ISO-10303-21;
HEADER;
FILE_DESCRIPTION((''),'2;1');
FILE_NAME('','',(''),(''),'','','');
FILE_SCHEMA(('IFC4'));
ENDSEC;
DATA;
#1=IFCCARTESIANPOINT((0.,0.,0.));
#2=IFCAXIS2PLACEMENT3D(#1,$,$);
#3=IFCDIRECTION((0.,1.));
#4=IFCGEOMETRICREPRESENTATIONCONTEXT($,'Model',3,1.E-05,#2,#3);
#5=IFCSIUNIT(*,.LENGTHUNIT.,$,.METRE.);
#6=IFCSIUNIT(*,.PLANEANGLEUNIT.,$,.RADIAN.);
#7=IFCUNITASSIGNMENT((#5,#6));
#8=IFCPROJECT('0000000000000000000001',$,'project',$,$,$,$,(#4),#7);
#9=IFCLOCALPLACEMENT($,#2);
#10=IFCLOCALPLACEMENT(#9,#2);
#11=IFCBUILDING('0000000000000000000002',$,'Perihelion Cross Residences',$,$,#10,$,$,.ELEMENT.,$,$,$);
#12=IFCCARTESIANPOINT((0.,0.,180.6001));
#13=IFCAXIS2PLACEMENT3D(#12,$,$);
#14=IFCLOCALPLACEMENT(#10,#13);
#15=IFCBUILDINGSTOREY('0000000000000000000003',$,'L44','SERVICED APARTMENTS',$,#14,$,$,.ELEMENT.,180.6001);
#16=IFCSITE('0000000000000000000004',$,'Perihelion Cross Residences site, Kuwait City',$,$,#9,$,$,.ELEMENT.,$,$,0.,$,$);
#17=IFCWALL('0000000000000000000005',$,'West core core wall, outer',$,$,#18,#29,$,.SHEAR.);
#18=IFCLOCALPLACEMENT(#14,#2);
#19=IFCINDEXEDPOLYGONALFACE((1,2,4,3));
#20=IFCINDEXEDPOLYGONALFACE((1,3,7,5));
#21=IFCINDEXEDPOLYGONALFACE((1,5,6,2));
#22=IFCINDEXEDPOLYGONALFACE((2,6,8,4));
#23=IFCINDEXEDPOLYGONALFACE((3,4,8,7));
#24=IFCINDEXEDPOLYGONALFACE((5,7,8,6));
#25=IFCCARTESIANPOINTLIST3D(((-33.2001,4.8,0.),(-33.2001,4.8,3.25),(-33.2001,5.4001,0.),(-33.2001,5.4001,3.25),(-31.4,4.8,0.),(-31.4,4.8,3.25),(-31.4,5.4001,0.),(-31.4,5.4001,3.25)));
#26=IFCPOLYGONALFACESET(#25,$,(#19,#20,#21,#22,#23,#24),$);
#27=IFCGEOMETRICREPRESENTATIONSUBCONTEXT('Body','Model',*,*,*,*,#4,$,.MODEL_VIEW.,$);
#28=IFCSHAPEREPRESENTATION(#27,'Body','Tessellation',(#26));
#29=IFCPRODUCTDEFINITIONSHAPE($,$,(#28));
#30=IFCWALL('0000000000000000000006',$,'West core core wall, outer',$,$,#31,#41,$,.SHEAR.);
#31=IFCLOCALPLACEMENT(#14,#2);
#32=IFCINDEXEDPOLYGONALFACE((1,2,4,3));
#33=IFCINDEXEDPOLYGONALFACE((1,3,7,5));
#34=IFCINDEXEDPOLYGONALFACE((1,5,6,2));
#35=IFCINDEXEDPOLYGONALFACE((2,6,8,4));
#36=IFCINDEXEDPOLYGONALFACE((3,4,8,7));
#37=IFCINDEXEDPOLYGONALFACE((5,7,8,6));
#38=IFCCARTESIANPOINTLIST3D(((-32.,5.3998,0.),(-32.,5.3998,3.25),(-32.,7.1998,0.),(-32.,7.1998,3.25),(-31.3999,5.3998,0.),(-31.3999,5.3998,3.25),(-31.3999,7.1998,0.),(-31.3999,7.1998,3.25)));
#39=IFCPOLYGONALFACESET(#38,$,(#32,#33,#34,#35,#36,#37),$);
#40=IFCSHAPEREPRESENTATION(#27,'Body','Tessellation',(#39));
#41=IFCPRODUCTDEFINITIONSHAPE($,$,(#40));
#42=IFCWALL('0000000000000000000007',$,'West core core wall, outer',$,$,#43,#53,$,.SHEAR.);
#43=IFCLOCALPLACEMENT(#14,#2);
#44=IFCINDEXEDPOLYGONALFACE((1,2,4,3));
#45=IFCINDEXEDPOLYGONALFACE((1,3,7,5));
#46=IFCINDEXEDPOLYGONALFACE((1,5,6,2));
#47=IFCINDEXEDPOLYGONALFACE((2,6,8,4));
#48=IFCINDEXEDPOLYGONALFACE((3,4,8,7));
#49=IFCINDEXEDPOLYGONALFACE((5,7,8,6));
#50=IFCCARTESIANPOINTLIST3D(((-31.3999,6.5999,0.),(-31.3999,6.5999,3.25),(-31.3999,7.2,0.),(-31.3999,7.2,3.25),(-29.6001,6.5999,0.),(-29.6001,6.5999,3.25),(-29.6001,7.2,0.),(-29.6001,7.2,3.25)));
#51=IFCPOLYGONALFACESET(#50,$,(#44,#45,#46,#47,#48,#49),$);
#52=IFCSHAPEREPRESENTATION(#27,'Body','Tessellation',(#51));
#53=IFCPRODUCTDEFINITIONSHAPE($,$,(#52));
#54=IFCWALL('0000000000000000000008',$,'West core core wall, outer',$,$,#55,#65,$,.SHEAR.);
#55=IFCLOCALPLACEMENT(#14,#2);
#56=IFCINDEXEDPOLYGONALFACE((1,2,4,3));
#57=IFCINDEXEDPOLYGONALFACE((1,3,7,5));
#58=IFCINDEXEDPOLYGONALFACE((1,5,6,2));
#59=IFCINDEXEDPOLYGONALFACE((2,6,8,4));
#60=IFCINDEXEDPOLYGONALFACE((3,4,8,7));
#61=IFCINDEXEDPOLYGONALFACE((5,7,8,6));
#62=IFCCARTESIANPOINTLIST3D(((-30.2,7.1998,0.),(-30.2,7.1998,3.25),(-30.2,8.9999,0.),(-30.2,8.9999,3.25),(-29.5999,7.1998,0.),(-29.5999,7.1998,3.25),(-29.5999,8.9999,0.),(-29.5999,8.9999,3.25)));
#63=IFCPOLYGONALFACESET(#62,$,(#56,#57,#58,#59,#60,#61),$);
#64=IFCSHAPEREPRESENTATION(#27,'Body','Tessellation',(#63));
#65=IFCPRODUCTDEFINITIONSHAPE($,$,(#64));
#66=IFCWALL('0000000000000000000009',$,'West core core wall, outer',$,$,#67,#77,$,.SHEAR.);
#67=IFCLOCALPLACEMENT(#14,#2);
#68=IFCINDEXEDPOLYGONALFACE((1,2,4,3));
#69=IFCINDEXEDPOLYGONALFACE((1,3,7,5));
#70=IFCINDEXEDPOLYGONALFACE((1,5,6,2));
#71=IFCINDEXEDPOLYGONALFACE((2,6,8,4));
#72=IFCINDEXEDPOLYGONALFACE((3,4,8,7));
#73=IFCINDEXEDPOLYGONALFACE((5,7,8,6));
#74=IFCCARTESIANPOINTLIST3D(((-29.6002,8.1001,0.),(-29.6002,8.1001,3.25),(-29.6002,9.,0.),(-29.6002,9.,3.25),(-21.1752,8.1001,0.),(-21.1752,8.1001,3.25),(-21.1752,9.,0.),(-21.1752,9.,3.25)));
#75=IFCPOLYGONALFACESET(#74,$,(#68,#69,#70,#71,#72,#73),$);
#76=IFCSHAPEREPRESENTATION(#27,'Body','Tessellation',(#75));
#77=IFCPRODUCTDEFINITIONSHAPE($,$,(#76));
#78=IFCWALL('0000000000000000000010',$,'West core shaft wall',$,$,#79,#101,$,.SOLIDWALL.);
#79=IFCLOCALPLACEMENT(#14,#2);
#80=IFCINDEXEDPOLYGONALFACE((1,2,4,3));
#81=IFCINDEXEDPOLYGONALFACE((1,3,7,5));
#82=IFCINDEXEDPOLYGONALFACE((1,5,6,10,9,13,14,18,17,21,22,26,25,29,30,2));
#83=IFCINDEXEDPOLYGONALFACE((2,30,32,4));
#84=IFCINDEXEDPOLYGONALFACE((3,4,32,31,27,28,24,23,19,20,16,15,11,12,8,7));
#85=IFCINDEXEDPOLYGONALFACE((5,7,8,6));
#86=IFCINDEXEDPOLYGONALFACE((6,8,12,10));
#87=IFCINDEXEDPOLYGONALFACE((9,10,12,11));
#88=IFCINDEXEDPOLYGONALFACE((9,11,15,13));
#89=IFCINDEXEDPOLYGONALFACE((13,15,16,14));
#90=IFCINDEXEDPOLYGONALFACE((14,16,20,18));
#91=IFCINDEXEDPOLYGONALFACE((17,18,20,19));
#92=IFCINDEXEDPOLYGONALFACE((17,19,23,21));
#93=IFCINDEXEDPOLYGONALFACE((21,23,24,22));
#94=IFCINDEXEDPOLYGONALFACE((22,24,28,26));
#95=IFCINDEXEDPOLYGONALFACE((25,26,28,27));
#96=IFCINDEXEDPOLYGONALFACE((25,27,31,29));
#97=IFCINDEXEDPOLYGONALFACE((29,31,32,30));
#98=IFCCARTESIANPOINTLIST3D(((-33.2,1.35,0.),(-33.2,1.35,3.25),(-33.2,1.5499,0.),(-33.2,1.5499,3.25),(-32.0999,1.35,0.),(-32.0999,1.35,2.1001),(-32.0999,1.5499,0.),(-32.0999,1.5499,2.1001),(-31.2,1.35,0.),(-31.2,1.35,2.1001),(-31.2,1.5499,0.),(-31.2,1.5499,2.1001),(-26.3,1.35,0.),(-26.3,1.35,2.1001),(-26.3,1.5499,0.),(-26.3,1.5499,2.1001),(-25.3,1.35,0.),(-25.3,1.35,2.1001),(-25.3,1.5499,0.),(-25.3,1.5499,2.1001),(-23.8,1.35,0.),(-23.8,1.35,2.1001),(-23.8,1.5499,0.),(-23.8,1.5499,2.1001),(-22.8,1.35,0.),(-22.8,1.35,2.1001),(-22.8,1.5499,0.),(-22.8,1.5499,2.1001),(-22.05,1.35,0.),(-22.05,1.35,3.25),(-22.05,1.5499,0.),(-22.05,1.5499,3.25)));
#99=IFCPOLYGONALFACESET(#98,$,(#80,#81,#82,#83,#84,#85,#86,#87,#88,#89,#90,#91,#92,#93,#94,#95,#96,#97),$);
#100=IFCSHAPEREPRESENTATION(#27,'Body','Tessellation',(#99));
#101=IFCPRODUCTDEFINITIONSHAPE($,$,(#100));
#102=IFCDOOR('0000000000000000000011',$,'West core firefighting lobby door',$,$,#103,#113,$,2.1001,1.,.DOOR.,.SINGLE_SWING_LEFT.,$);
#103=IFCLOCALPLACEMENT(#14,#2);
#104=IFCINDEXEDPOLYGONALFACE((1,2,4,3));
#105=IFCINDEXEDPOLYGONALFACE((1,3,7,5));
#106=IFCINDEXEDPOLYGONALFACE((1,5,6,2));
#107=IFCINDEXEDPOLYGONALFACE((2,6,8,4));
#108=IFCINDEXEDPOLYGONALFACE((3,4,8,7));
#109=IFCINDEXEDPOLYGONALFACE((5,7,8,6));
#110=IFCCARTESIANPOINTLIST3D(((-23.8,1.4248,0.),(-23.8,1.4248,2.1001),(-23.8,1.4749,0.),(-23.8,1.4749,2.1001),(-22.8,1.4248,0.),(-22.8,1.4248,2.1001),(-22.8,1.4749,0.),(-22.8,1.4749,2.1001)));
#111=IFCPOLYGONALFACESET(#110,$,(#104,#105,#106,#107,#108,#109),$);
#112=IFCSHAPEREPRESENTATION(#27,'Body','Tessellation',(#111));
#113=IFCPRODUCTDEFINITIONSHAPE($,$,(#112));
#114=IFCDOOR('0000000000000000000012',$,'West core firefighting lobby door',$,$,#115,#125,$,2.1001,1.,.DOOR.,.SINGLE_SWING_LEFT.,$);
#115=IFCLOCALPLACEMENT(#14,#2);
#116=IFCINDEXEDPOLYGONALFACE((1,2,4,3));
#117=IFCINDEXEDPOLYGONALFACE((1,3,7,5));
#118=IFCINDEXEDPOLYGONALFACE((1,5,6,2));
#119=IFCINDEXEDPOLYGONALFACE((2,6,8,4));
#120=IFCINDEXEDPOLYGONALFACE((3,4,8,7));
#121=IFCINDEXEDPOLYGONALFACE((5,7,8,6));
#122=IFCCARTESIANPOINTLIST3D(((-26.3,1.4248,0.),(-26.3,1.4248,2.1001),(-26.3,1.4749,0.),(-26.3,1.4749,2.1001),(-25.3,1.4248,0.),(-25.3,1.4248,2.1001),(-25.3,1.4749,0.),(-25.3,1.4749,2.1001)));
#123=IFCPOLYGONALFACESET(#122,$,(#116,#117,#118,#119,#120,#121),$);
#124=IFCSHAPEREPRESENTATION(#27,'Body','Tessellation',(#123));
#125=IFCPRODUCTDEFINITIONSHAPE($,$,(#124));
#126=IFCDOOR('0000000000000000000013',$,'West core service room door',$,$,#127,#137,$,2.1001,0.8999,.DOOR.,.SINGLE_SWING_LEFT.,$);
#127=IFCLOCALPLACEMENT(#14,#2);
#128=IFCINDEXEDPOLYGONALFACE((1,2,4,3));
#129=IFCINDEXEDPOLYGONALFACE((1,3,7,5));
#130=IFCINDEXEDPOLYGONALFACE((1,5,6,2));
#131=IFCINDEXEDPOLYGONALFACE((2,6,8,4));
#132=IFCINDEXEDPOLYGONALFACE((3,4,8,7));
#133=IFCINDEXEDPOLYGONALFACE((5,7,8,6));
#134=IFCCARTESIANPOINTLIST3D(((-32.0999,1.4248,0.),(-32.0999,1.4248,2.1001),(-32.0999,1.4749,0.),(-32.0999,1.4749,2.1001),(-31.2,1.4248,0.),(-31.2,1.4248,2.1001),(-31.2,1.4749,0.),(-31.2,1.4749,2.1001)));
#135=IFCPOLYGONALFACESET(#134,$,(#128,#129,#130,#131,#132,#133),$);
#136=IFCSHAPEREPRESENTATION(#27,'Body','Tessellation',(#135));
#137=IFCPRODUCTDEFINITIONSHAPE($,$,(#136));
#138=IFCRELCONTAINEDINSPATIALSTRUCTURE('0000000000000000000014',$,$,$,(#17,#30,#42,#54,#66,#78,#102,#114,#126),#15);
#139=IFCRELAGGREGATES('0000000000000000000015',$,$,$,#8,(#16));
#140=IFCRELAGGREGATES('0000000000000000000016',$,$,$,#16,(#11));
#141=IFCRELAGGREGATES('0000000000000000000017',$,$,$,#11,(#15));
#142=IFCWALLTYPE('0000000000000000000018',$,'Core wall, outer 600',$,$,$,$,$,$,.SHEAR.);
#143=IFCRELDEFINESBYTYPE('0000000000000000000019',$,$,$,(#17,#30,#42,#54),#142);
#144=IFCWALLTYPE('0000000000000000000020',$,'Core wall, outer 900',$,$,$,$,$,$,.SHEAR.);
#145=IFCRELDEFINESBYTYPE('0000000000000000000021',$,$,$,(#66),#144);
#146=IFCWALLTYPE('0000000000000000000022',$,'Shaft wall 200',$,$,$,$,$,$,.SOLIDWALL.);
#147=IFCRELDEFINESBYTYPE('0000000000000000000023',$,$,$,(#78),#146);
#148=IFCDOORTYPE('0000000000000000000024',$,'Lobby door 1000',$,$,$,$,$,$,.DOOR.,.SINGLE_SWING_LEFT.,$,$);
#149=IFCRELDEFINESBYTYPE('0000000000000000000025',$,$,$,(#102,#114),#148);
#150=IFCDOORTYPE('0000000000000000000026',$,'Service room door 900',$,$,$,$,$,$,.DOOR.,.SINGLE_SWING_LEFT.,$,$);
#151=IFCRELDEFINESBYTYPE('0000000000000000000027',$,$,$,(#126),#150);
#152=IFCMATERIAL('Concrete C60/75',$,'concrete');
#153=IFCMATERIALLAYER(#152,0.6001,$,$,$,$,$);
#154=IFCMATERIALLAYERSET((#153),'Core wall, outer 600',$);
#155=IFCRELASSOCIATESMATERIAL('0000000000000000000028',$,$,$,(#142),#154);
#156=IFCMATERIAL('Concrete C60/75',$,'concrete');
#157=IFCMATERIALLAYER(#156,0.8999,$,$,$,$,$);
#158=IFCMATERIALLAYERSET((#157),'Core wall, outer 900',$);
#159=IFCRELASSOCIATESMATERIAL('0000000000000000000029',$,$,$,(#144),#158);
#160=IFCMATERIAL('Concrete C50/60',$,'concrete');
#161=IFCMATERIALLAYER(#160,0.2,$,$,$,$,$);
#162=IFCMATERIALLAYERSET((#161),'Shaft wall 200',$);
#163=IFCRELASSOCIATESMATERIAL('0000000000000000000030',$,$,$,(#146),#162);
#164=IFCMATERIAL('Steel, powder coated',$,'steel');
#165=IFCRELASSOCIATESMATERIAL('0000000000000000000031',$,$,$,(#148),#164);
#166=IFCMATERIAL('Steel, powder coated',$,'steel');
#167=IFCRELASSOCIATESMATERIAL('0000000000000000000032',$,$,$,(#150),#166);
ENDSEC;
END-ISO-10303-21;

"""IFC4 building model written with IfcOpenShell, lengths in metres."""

from ifc_helpers import new_model, si_unit, direction, frame, frame_2d, origin, place, context, subcontext, project, spatial, rectangle, extrude, material, layer, layer_set, type_object, element, fill, save


model = new_model("IFC4")

# Units and contexts
model_context = context("Model", 3, precision=1e-05, world=origin(), true_north=direction((0.0, 1.0)))
body_context = subcontext(model_context, "Body", "Model", "MODEL_VIEW")
ifc_project = project(units=[si_unit("LENGTHUNIT", "METRE"), si_unit("PLANEANGLEUNIT", "RADIAN")], contexts=[model_context])

# Site, building, storey
site_placement = place(None, origin())
site = spatial("IfcSite", under=ifc_project, at=site_placement, Name="Perihelion Cross Residences site, Kuwait City", CompositionType="ELEMENT", RefElevation=0.0)
building_placement = place(site_placement, origin())
building = spatial("IfcBuilding", under=site, at=building_placement, Name="Perihelion Cross Residences", CompositionType="ELEMENT")
storey_placement = place(building_placement, frame((0.0, 0.0, 180.6001)))
storey = spatial("IfcBuildingStorey", under=building, at=storey_placement, Name="L44", Description="SERVICED APARTMENTS", CompositionType="ELEMENT", Elevation=180.6001)

# Walls
ifc_material_1 = material(Name="Concrete C60/75", Category="concrete")
ifc_layer_1 = layer(ifc_material_1, 0.6001)
ifc_layer_set_1 = layer_set([ifc_layer_1], Name="Core wall, outer 600")
wall_type_1 = type_object("IfcWallType", Name="Core wall, outer 600", PredefinedType="SHEAR", material=ifc_layer_set_1)
for number, where, z_axis, x_axis, name in (
    (1, (-33.2, 5.1001, 0.0), (0.0, 0.0, 1.0), (1.0, 0.0, 0.0), "West core core wall, outer"),
    (2, (-31.7, 5.3999, 0.0), (0.0, 0.0, 1.0), (0.0, 1.0, 0.0), "West core core wall, outer"),
):
    element("IfcWall", number, at=place(storey_placement, frame(where, z_axis=z_axis, x_axis=x_axis)), inside=storey, type_object=wall_type_1, Name=name, PredefinedType="SHEAR", context=body_context, shape_type="SweptSolid", body=[
        extrude(rectangle(XDim=1.8, YDim=0.6001, at=frame_2d((0.8999, 0.0))), origin(), (0.0, 0.0, 1.0), 3.25),
    ])
wall_1_placement = place(storey_placement, frame((-31.3999, 6.8999, 0.0), z_axis=(0.0, 0.0, 1.0), x_axis=(1.0, 0.0, 0.0)))
element("IfcWall", 3, at=wall_1_placement, inside=storey, type_object=wall_type_1, Name="West core core wall, outer", PredefinedType="SHEAR", context=body_context, shape_type="SweptSolid", body=[
    extrude(rectangle(XDim=1.7998, YDim=0.6001, at=frame_2d((0.8999, 0.0))), origin(), (0.0, 0.0, 1.0), 3.25),
])
wall_2_placement = place(storey_placement, frame((-29.8999, 7.2, 0.0), z_axis=(0.0, 0.0, 1.0), x_axis=(0.0, 1.0, 0.0)))
element("IfcWall", 4, at=wall_2_placement, inside=storey, type_object=wall_type_1, Name="West core core wall, outer", PredefinedType="SHEAR", context=body_context, shape_type="SweptSolid", body=[
    extrude(rectangle(XDim=1.8, YDim=0.6001, at=frame_2d((0.8999, 0.0))), origin(), (0.0, 0.0, 1.0), 3.25),
])
ifc_material_2 = material(Name="Concrete C60/75", Category="concrete")
ifc_layer_2 = layer(ifc_material_2, 0.8999)
ifc_layer_set_2 = layer_set([ifc_layer_2], Name="Core wall, outer 900")
wall_type_2 = type_object("IfcWallType", Name="Core wall, outer 900", PredefinedType="SHEAR", material=ifc_layer_set_2)
wall_3_placement = place(storey_placement, frame((-29.6001, 8.55, 0.0), z_axis=(0.0, 0.0, 1.0), x_axis=(1.0, 0.0, 0.0)))
element("IfcWall", 5, at=wall_3_placement, inside=storey, type_object=wall_type_2, Name="West core core wall, outer", PredefinedType="SHEAR", context=body_context, shape_type="SweptSolid", body=[
    extrude(rectangle(XDim=8.425, YDim=0.8999, at=frame_2d((4.2124, 0.0))), origin(), (0.0, 0.0, 1.0), 3.25),
])

# Wall, openings, doors
ifc_material_3 = material(Name="Concrete C50/60", Category="concrete")
ifc_layer_3 = layer(ifc_material_3, 0.2)
ifc_layer_set_3 = layer_set([ifc_layer_3], Name="Shaft wall 200")
wall_type_3 = type_object("IfcWallType", Name="Shaft wall 200", PredefinedType="SOLIDWALL", material=ifc_layer_set_3)
wall_4_placement = place(storey_placement, frame((-33.2, 1.45, 0.0), z_axis=(0.0, 0.0, 1.0), x_axis=(1.0, 0.0, 0.0)))
wall_4 = element("IfcWall", 6, at=wall_4_placement, inside=storey, type_object=wall_type_3, Name="West core shaft wall", PredefinedType="SOLIDWALL", context=body_context, shape_type="SweptSolid", body=[
    extrude(rectangle(XDim=11.1499, YDim=0.2, at=frame_2d((5.575, 0.0))), origin(), (0.0, 0.0, 1.0), 3.25),
])
opening_1_placement = place(wall_4_placement, frame((9.3999, 0.0, 0.0)))
opening_1 = element("IfcOpeningElement", 7, at=opening_1_placement, cuts=wall_4, PredefinedType="OPENING", context=body_context, shape_type="SweptSolid", body=[
    extrude(rectangle(XDim=1.0, YDim=2.1001, at=frame_2d((0.5, 1.05))), frame((0.0, 0.1099, 0.0), z_axis=(0.0, -1.0, 0.0), x_axis=(1.0, 0.0, 0.0)), (0.0, 0.0, 1.0), 0.22),
])
opening_2_placement = place(wall_4_placement, frame((6.8999, 0.0, 0.0)))
opening_2 = element("IfcOpeningElement", 8, at=opening_2_placement, cuts=wall_4, PredefinedType="OPENING", context=body_context, shape_type="SweptSolid", body=[
    extrude(rectangle(XDim=1.0, YDim=2.1001, at=frame_2d((0.5, 1.05))), frame((0.0, 0.1099, 0.0), z_axis=(0.0, -1.0, 0.0), x_axis=(1.0, 0.0, 0.0)), (0.0, 0.0, 1.0), 0.22),
])
opening_3_placement = place(wall_4_placement, frame((1.1001, 0.0, 0.0)))
opening_3 = element("IfcOpeningElement", 9, at=opening_3_placement, cuts=wall_4, PredefinedType="OPENING", context=body_context, shape_type="SweptSolid", body=[
    extrude(rectangle(XDim=0.8999, YDim=2.1001, at=frame_2d((0.45, 1.05))), frame((0.0, 0.1099, 0.0), z_axis=(0.0, -1.0, 0.0), x_axis=(1.0, 0.0, 0.0)), (0.0, 0.0, 1.0), 0.22),
])
ifc_material_4 = material(Name="Steel, powder coated", Category="steel")
door_type_1 = type_object("IfcDoorType", Name="Lobby door 1000", OperationType="SINGLE_SWING_LEFT", PredefinedType="DOOR", material=ifc_material_4)
door_1_placement = place(opening_1_placement, origin())
door_1 = element("IfcDoor", 10, at=door_1_placement, inside=storey, type_object=door_type_1, Name="West core firefighting lobby door", OperationType="SINGLE_SWING_LEFT", OverallHeight=2.1001, OverallWidth=1.0, PredefinedType="DOOR", context=body_context, shape_type="SweptSolid", body=[
    extrude(rectangle(XDim=1.0, YDim=2.1001, at=frame_2d((0.5, 1.05))), frame((0.0, 0.0249, 0.0), z_axis=(0.0, -1.0, 0.0), x_axis=(1.0, 0.0, 0.0)), (0.0, 0.0, 1.0), 0.05),
])
fill(opening_1, door_1)
door_2_placement = place(opening_2_placement, origin())
door_2 = element("IfcDoor", 11, at=door_2_placement, inside=storey, type_object=door_type_1, Name="West core firefighting lobby door", OperationType="SINGLE_SWING_LEFT", OverallHeight=2.1001, OverallWidth=1.0, PredefinedType="DOOR", context=body_context, shape_type="SweptSolid", body=[
    extrude(rectangle(XDim=1.0, YDim=2.1001, at=frame_2d((0.5, 1.05))), frame((0.0, 0.0249, 0.0), z_axis=(0.0, -1.0, 0.0), x_axis=(1.0, 0.0, 0.0)), (0.0, 0.0, 1.0), 0.05),
])
fill(opening_2, door_2)
ifc_material_5 = material(Name="Steel, powder coated", Category="steel")
door_type_2 = type_object("IfcDoorType", Name="Service room door 900", OperationType="SINGLE_SWING_LEFT", PredefinedType="DOOR", material=ifc_material_5)
door_3_placement = place(opening_3_placement, origin())
door_3 = element("IfcDoor", 12, at=door_3_placement, inside=storey, type_object=door_type_2, Name="West core service room door", OperationType="SINGLE_SWING_LEFT", OverallHeight=2.1001, OverallWidth=0.8999, PredefinedType="DOOR", context=body_context, shape_type="SweptSolid", body=[
    extrude(rectangle(XDim=0.8999, YDim=2.1001, at=frame_2d((0.45, 1.05))), frame((0.0, 0.0249, 0.0), z_axis=(0.0, -1.0, 0.0), x_axis=(1.0, 0.0, 0.0)), (0.0, 0.0, 1.0), 0.05),
])
fill(opening_3, door_3)

save(model, "model.ifc")
